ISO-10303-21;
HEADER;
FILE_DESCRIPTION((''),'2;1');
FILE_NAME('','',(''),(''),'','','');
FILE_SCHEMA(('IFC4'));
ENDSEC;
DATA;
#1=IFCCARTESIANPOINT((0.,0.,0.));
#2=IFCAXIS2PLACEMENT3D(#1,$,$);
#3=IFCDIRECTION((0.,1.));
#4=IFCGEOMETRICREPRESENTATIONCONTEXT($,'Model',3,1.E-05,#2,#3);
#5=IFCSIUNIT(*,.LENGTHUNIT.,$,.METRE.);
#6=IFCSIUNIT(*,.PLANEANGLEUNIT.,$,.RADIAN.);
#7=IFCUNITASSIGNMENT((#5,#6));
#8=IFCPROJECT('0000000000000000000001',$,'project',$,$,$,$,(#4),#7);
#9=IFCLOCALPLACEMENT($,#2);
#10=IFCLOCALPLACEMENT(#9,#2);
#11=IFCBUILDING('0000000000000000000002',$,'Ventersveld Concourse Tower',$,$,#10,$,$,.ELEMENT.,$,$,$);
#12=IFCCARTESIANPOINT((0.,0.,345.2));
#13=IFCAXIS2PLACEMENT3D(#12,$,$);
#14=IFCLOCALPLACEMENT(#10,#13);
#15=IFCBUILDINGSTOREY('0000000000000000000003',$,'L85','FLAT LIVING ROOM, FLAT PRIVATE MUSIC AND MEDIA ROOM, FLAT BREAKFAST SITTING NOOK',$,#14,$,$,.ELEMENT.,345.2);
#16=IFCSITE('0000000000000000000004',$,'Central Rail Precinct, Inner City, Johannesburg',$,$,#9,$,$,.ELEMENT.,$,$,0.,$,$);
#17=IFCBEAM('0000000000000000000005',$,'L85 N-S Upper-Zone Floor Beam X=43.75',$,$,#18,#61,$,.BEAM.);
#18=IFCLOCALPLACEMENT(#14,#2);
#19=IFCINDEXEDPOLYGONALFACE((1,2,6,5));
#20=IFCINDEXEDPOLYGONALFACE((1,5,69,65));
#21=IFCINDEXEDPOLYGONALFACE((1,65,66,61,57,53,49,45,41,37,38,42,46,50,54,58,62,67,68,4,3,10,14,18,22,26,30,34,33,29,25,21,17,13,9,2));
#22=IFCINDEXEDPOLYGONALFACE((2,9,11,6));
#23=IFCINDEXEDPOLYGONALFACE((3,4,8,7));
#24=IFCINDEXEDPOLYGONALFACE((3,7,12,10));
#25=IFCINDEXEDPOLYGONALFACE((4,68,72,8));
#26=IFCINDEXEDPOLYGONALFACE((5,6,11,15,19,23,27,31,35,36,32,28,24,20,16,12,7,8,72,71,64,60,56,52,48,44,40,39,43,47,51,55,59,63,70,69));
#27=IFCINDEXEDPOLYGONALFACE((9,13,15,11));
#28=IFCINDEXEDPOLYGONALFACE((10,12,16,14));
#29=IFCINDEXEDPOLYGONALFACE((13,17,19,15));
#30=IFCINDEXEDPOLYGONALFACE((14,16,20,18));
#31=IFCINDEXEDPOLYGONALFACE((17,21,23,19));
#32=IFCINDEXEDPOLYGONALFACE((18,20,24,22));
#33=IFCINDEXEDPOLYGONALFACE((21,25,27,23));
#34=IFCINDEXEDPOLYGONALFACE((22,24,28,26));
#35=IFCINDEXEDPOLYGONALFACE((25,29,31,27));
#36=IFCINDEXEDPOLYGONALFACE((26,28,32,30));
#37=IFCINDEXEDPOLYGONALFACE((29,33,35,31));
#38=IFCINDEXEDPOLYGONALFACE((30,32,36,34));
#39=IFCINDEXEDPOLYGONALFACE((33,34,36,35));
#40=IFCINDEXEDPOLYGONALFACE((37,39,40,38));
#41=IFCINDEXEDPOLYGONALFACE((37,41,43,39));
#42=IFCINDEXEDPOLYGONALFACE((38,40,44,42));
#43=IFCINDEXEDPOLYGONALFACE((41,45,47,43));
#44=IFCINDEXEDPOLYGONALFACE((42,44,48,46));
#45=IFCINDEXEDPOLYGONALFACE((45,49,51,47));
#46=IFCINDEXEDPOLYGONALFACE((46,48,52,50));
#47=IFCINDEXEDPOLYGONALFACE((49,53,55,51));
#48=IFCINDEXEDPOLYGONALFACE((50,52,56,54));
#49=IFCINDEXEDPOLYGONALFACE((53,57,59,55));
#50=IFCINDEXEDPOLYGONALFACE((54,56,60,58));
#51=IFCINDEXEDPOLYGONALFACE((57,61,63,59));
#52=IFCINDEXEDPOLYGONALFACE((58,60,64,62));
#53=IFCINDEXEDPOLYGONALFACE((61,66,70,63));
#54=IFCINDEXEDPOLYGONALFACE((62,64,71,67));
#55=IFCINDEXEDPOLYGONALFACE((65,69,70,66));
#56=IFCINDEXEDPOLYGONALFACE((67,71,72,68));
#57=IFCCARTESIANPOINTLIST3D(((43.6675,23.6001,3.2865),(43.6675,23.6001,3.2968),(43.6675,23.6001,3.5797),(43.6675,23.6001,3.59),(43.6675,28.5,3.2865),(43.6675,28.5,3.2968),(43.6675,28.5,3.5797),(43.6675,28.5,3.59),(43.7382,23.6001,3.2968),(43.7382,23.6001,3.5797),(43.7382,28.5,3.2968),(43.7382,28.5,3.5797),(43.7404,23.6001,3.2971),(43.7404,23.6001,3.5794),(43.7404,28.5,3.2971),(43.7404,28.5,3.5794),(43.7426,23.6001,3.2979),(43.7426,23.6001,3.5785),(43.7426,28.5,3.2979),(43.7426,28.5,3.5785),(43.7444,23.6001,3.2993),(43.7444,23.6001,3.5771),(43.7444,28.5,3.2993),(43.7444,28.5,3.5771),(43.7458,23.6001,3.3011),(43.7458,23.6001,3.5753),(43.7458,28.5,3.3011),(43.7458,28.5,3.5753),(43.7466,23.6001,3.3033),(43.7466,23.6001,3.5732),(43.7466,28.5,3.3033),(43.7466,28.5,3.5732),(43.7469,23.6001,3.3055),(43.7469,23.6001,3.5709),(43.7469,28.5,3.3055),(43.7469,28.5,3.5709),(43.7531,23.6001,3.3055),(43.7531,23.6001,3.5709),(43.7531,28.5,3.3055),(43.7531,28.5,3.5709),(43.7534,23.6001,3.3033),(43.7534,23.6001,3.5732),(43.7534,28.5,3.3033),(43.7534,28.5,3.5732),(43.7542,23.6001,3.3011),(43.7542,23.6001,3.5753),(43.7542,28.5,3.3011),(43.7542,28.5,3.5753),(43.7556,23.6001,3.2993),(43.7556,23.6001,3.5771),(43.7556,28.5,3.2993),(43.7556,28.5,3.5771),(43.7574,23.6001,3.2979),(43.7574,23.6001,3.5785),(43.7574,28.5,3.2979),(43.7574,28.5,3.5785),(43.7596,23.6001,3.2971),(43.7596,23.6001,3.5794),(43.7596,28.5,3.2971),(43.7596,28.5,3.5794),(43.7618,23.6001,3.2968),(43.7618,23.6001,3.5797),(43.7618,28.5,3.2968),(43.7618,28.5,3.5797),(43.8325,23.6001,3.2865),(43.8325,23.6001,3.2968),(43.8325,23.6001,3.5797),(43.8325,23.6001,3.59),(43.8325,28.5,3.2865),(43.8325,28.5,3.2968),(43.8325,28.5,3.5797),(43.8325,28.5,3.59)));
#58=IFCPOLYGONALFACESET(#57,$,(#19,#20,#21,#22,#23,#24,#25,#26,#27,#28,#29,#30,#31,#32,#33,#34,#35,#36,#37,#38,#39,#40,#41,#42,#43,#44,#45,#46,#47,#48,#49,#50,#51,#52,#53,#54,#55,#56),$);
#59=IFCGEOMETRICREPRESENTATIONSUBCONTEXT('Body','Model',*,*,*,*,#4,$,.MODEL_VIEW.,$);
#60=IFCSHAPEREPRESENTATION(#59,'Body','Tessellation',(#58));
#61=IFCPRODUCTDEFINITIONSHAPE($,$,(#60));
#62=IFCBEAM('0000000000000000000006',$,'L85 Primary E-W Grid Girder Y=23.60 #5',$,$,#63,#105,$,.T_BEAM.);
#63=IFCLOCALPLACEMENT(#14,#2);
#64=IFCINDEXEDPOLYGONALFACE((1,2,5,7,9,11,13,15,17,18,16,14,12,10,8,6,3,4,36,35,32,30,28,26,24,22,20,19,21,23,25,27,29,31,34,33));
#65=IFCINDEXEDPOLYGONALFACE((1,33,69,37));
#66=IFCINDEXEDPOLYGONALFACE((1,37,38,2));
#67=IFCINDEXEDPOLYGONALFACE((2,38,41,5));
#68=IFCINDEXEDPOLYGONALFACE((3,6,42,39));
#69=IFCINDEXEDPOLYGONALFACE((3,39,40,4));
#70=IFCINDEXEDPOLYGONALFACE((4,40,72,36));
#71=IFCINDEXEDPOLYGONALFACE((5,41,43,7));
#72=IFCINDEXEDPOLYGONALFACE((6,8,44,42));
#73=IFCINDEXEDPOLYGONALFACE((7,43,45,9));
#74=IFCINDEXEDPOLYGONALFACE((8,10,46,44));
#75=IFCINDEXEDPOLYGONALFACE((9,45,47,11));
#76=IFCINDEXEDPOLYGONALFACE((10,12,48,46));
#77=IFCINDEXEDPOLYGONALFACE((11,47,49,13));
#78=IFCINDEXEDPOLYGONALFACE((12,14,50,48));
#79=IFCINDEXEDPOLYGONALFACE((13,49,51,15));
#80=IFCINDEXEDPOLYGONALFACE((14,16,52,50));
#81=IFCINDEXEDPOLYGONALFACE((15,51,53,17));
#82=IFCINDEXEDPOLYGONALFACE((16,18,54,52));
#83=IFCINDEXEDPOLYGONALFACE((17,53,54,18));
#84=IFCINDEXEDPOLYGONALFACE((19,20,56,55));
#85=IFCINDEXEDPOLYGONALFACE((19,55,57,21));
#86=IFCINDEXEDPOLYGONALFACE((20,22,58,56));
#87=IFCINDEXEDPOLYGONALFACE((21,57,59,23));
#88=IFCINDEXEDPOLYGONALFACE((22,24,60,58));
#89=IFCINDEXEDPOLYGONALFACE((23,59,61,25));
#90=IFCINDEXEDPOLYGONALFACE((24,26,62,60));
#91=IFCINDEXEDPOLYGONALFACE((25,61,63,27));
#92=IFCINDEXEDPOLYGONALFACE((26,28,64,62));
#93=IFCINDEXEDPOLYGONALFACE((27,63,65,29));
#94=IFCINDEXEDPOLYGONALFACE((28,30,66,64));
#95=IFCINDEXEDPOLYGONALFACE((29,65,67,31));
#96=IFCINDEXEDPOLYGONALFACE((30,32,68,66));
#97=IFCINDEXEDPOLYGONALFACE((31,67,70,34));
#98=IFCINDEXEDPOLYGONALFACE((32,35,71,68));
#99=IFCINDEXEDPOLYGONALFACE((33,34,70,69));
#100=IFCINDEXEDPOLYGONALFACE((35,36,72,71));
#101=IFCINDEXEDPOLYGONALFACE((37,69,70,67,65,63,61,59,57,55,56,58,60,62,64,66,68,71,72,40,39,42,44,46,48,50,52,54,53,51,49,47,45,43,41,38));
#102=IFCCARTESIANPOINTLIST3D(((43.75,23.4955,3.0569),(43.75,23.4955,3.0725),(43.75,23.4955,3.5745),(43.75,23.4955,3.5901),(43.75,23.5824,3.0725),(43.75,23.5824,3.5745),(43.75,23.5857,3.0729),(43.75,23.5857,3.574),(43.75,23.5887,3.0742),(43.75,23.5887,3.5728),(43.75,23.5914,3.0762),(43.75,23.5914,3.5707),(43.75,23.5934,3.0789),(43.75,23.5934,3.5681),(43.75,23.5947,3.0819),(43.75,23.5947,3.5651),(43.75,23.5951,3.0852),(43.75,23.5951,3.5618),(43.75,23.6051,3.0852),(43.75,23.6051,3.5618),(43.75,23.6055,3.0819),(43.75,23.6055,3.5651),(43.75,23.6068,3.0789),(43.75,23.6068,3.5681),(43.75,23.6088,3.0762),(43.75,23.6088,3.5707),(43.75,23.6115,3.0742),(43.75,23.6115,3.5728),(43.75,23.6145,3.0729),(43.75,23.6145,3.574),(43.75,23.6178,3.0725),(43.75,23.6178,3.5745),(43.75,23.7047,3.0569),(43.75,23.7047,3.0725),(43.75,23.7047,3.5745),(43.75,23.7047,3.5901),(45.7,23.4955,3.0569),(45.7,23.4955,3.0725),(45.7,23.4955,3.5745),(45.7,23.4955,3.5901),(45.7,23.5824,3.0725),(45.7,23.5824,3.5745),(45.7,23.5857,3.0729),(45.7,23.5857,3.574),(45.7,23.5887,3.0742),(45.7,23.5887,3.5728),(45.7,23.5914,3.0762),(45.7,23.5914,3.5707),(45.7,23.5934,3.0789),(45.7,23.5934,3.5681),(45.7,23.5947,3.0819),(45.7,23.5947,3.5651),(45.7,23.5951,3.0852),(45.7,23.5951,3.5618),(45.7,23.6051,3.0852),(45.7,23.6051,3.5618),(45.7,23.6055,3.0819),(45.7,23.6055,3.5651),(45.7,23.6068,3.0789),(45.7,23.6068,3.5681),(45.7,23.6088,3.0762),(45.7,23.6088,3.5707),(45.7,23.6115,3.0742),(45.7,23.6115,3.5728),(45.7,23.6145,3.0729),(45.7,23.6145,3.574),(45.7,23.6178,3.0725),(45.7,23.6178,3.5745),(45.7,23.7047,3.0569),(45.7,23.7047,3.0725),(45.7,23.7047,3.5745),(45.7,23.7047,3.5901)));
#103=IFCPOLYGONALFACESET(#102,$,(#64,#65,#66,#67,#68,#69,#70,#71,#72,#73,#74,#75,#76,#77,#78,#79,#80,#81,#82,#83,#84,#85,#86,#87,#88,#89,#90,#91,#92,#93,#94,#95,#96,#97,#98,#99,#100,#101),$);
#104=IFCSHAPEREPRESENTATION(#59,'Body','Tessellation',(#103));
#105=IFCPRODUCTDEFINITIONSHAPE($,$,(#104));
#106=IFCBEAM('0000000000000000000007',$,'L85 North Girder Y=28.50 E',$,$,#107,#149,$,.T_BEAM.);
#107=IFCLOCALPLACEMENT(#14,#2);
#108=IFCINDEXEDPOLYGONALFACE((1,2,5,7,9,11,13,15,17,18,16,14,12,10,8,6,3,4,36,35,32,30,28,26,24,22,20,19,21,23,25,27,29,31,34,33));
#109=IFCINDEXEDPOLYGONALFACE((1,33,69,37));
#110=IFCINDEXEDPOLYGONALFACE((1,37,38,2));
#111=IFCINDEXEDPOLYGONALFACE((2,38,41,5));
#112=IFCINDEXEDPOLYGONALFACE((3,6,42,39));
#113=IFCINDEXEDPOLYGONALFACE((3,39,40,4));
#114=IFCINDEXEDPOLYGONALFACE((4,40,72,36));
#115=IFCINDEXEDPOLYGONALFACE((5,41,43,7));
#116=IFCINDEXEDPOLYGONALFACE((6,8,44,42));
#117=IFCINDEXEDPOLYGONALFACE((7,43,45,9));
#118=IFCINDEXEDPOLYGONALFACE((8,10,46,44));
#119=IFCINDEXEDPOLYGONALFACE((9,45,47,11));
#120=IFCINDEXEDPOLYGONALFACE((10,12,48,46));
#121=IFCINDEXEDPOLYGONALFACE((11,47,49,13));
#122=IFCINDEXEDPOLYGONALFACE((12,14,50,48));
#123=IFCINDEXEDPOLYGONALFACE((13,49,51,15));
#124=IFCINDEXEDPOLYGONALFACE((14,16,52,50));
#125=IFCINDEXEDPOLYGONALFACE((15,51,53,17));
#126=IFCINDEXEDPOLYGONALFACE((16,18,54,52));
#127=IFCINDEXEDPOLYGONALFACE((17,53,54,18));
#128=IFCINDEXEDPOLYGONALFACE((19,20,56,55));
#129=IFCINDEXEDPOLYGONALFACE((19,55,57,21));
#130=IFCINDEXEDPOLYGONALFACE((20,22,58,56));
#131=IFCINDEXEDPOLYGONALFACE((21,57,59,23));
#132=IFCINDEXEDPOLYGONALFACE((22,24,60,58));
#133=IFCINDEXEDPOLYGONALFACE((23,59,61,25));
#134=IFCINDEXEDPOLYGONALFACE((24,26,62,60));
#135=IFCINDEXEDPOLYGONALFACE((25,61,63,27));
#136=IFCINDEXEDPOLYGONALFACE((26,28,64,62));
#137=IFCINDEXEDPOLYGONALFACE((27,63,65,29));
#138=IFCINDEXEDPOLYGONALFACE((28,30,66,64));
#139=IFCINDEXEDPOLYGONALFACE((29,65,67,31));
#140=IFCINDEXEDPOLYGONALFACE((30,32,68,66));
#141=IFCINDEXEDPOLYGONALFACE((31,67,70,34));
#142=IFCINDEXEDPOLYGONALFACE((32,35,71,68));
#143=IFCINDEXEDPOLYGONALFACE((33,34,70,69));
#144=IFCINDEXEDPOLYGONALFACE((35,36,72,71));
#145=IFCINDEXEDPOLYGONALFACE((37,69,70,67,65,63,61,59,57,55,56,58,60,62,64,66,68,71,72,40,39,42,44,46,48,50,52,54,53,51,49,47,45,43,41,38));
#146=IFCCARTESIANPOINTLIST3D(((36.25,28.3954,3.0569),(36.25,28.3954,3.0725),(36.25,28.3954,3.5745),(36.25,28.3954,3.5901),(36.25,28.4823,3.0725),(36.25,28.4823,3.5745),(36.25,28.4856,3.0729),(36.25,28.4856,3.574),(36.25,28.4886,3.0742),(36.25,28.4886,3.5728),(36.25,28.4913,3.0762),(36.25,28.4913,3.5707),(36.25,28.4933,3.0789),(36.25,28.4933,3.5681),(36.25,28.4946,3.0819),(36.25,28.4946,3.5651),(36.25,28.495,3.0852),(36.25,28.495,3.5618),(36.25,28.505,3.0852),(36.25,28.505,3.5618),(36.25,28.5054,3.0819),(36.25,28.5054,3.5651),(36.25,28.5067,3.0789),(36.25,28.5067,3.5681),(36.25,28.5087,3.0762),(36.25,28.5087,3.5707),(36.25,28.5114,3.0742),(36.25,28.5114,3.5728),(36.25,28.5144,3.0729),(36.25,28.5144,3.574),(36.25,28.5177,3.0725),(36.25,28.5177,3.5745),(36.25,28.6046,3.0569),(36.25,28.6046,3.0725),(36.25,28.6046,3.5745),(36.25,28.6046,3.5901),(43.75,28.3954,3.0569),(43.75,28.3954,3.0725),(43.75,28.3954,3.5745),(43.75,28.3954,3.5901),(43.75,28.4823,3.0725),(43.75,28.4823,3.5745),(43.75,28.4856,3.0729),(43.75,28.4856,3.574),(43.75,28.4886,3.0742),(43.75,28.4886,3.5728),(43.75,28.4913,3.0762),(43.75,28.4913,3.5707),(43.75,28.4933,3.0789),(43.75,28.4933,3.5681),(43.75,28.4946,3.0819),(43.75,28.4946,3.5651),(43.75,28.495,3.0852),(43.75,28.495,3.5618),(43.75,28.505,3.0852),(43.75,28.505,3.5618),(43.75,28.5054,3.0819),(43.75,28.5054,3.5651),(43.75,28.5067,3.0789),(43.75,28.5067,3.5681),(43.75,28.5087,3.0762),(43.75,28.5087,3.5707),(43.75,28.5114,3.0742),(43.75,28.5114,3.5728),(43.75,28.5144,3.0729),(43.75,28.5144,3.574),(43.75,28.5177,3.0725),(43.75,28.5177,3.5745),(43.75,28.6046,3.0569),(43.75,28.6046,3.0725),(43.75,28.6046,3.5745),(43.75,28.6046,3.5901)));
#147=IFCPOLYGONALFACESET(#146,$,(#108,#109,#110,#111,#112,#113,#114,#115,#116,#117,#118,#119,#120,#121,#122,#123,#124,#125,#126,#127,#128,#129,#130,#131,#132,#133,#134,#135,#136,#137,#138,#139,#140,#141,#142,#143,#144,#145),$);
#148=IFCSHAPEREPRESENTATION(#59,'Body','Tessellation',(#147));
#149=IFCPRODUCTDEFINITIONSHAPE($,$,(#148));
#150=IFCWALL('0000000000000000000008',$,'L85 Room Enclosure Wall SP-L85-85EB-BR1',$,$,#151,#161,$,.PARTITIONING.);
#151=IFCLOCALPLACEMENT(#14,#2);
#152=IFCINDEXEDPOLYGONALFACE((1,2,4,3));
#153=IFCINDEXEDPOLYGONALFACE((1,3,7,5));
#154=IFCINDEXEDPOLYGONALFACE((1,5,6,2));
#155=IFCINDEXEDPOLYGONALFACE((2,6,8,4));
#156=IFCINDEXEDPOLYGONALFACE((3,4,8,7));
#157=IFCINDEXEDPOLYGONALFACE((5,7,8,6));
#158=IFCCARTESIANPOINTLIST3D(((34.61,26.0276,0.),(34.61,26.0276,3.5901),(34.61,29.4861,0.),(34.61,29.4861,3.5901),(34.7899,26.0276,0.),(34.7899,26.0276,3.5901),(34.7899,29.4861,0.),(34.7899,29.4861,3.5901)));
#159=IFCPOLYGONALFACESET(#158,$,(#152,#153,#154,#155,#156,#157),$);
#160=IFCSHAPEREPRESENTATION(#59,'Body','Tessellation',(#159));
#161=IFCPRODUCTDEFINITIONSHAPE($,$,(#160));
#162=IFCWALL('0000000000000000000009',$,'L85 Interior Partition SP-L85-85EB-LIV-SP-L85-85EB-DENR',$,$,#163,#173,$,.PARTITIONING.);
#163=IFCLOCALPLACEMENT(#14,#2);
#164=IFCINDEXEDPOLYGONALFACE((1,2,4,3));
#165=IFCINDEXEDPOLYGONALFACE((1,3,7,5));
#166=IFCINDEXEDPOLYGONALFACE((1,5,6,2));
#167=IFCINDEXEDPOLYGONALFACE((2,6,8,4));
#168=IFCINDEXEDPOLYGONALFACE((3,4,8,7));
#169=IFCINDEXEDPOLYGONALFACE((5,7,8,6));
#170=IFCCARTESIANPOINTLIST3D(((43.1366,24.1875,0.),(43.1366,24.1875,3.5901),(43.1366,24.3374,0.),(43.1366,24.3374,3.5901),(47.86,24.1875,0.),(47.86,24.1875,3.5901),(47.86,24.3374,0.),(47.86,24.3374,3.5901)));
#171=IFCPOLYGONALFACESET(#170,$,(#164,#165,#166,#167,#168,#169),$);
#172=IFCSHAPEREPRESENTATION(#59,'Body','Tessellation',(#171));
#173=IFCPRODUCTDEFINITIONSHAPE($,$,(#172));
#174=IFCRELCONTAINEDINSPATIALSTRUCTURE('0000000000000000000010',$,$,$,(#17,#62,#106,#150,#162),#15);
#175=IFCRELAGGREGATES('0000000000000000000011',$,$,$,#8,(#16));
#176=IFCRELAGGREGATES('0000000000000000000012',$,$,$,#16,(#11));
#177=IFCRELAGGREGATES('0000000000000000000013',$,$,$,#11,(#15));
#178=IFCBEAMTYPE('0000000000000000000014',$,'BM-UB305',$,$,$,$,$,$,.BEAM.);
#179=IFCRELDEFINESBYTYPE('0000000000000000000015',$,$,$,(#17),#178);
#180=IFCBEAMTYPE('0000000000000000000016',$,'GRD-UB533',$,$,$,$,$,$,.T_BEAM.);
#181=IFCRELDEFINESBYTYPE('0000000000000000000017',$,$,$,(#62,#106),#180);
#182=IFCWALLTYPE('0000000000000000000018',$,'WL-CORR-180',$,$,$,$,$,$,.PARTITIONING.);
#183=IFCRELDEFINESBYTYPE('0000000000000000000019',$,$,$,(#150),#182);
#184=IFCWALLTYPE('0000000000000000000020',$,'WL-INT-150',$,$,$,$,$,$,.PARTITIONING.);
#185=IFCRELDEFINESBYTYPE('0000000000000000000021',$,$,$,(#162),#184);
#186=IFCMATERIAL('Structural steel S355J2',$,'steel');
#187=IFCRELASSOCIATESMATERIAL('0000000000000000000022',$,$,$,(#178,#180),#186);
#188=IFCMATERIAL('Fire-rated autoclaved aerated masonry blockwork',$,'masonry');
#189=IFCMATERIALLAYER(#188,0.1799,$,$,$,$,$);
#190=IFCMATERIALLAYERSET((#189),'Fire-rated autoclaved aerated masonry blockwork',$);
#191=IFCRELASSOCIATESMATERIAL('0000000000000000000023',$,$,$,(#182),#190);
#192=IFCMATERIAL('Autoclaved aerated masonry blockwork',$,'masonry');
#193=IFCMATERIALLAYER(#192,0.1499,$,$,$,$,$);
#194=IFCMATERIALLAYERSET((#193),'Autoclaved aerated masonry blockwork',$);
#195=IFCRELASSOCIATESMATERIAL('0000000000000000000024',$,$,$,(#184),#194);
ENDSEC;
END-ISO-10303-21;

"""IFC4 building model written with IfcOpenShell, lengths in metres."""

from ifc_helpers import new_model, si_unit, direction, frame, frame_2d, origin, origin_2d, place, context, subcontext, project, spatial, rectangle, i_section, extrude, material, layer, layer_set, material_profile, profile_set, type_object, element, save


model = new_model("IFC4")

# Units and contexts
model_context = context("Model", 3, precision=1e-05, world=origin(), true_north=direction((0.0, 1.0)))
body_context = subcontext(model_context, "Body", "Model", "MODEL_VIEW")
ifc_project = project(units=[si_unit("LENGTHUNIT", "METRE"), si_unit("PLANEANGLEUNIT", "RADIAN")], contexts=[model_context])

# Site, building, storey
site_placement = place(None, origin())
site = spatial("IfcSite", under=ifc_project, at=site_placement, Name="Central Rail Precinct, Inner City, Johannesburg", CompositionType="ELEMENT", RefElevation=0.0)
building_placement = place(site_placement, origin())
building = spatial("IfcBuilding", under=site, at=building_placement, Name="Ventersveld Concourse Tower", CompositionType="ELEMENT")
storey_placement = place(building_placement, frame((0.0, 0.0, 345.2)))
storey = spatial("IfcBuildingStorey", under=building, at=storey_placement, Name="L85", Description="FLAT LIVING ROOM, FLAT PRIVATE MUSIC AND MEDIA ROOM, FLAT BREAKFAST SITTING NOOK", CompositionType="ELEMENT", Elevation=345.2)

# Shared definitions
ifc_material_1 = material(Name="Structural steel S355J2", Category="steel")

# Beams
ifc_material_profile_1 = material_profile(ifc_material_1, i_section(OverallWidth=0.165, OverallDepth=0.3035, WebThickness=0.0061, FlangeThickness=0.0103, FilletRadius=0.0088, at=origin_2d()), Name="UB 305x165x40")
ifc_profile_set_1 = profile_set([ifc_material_profile_1], Name="Structural steel S355J2")
beam_type_1 = type_object("IfcBeamType", Name="BM-UB305", PredefinedType="BEAM", material=ifc_profile_set_1)
beam_1_placement = place(storey_placement, frame((43.75, 23.6001, 3.4382), z_axis=(0.0, 1.0, 0.0), x_axis=(-1.0, 0.0, 0.0)))
element("IfcBeam", 1, at=beam_1_placement, inside=storey, type_object=beam_type_1, Name="L85 N-S Upper-Zone Floor Beam X=43.75", PredefinedType="BEAM", context=body_context, shape_type="SweptSolid", body=[
    extrude(i_section(OverallWidth=0.165, OverallDepth=0.3035, WebThickness=0.0061, FlangeThickness=0.0103, FilletRadius=0.0088, at=origin_2d()), origin(), (0.0, 0.0, 1.0), 4.8999),
])
ifc_material_profile_2 = material_profile(ifc_material_1, i_section(OverallWidth=0.2092, OverallDepth=0.5332, WebThickness=0.01, FlangeThickness=0.0156, FilletRadius=0.0127, at=origin_2d()), Name="UB 533x210x92")
ifc_profile_set_2 = profile_set([ifc_material_profile_2], Name="Structural steel S355J2")
beam_type_2 = type_object("IfcBeamType", Name="GRD-UB533", PredefinedType="T_BEAM", material=ifc_profile_set_2)
beam_2_placement = place(storey_placement, frame((43.75, 23.6001, 3.3235), z_axis=(1.0, 0.0, 0.0), x_axis=(0.0, 1.0, 0.0)))
element("IfcBeam", 2, at=beam_2_placement, inside=storey, type_object=beam_type_2, Name="L85 Primary E-W Grid Girder Y=23.60 #5", PredefinedType="T_BEAM", context=body_context, shape_type="SweptSolid", body=[
    extrude(i_section(OverallWidth=0.2092, OverallDepth=0.5332, WebThickness=0.01, FlangeThickness=0.0156, FilletRadius=0.0127, at=origin_2d()), origin(), (0.0, 0.0, 1.0), 1.95),
])
beam_3_placement = place(storey_placement, frame((36.25, 28.5, 3.3235), z_axis=(1.0, 0.0, 0.0), x_axis=(0.0, 1.0, 0.0)))
element("IfcBeam", 3, at=beam_3_placement, inside=storey, type_object=beam_type_2, Name="L85 North Girder Y=28.50 E", PredefinedType="T_BEAM", context=body_context, shape_type="SweptSolid", body=[
    extrude(i_section(OverallWidth=0.2092, OverallDepth=0.5332, WebThickness=0.01, FlangeThickness=0.0156, FilletRadius=0.0127, at=origin_2d()), origin(), (0.0, 0.0, 1.0), 7.5),
])

# Walls
ifc_material_2 = material(Name="Fire-rated autoclaved aerated masonry blockwork", Category="masonry")
ifc_layer_1 = layer(ifc_material_2, 0.1799)
ifc_layer_set_1 = layer_set([ifc_layer_1], Name="Fire-rated autoclaved aerated masonry blockwork")
wall_type_1 = type_object("IfcWallType", Name="WL-CORR-180", PredefinedType="PARTITIONING", material=ifc_layer_set_1)
wall_1_placement = place(storey_placement, frame((34.7, 26.0276, 0.0), z_axis=(0.0, 0.0, 1.0), x_axis=(0.0, 1.0, 0.0)))
element("IfcWall", 4, at=wall_1_placement, inside=storey, type_object=wall_type_1, Name="L85 Room Enclosure Wall SP-L85-85EB-BR1", PredefinedType="PARTITIONING", context=body_context, shape_type="SweptSolid", body=[
    extrude(rectangle(XDim=3.4585, YDim=0.1799, at=frame_2d((1.7292, 0.0))), origin(), (0.0, 0.0, 1.0), 3.5901),
])
ifc_material_3 = material(Name="Autoclaved aerated masonry blockwork", Category="masonry")
ifc_layer_2 = layer(ifc_material_3, 0.1499)
ifc_layer_set_2 = layer_set([ifc_layer_2], Name="Autoclaved aerated masonry blockwork")
wall_type_2 = type_object("IfcWallType", Name="WL-INT-150", PredefinedType="PARTITIONING", material=ifc_layer_set_2)
wall_2_placement = place(storey_placement, frame((43.1365, 24.2625, 0.0), z_axis=(0.0, 0.0, 1.0), x_axis=(1.0, 0.0, 0.0)))
element("IfcWall", 5, at=wall_2_placement, inside=storey, type_object=wall_type_2, Name="L85 Interior Partition SP-L85-85EB-LIV-SP-L85-85EB-DENR", PredefinedType="PARTITIONING", context=body_context, shape_type="SweptSolid", body=[
    extrude(rectangle(XDim=4.7234, YDim=0.1499, at=frame_2d((2.3618, 0.0))), origin(), (0.0, 0.0, 1.0), 3.5901),
])

save(model, "model.ifc")
